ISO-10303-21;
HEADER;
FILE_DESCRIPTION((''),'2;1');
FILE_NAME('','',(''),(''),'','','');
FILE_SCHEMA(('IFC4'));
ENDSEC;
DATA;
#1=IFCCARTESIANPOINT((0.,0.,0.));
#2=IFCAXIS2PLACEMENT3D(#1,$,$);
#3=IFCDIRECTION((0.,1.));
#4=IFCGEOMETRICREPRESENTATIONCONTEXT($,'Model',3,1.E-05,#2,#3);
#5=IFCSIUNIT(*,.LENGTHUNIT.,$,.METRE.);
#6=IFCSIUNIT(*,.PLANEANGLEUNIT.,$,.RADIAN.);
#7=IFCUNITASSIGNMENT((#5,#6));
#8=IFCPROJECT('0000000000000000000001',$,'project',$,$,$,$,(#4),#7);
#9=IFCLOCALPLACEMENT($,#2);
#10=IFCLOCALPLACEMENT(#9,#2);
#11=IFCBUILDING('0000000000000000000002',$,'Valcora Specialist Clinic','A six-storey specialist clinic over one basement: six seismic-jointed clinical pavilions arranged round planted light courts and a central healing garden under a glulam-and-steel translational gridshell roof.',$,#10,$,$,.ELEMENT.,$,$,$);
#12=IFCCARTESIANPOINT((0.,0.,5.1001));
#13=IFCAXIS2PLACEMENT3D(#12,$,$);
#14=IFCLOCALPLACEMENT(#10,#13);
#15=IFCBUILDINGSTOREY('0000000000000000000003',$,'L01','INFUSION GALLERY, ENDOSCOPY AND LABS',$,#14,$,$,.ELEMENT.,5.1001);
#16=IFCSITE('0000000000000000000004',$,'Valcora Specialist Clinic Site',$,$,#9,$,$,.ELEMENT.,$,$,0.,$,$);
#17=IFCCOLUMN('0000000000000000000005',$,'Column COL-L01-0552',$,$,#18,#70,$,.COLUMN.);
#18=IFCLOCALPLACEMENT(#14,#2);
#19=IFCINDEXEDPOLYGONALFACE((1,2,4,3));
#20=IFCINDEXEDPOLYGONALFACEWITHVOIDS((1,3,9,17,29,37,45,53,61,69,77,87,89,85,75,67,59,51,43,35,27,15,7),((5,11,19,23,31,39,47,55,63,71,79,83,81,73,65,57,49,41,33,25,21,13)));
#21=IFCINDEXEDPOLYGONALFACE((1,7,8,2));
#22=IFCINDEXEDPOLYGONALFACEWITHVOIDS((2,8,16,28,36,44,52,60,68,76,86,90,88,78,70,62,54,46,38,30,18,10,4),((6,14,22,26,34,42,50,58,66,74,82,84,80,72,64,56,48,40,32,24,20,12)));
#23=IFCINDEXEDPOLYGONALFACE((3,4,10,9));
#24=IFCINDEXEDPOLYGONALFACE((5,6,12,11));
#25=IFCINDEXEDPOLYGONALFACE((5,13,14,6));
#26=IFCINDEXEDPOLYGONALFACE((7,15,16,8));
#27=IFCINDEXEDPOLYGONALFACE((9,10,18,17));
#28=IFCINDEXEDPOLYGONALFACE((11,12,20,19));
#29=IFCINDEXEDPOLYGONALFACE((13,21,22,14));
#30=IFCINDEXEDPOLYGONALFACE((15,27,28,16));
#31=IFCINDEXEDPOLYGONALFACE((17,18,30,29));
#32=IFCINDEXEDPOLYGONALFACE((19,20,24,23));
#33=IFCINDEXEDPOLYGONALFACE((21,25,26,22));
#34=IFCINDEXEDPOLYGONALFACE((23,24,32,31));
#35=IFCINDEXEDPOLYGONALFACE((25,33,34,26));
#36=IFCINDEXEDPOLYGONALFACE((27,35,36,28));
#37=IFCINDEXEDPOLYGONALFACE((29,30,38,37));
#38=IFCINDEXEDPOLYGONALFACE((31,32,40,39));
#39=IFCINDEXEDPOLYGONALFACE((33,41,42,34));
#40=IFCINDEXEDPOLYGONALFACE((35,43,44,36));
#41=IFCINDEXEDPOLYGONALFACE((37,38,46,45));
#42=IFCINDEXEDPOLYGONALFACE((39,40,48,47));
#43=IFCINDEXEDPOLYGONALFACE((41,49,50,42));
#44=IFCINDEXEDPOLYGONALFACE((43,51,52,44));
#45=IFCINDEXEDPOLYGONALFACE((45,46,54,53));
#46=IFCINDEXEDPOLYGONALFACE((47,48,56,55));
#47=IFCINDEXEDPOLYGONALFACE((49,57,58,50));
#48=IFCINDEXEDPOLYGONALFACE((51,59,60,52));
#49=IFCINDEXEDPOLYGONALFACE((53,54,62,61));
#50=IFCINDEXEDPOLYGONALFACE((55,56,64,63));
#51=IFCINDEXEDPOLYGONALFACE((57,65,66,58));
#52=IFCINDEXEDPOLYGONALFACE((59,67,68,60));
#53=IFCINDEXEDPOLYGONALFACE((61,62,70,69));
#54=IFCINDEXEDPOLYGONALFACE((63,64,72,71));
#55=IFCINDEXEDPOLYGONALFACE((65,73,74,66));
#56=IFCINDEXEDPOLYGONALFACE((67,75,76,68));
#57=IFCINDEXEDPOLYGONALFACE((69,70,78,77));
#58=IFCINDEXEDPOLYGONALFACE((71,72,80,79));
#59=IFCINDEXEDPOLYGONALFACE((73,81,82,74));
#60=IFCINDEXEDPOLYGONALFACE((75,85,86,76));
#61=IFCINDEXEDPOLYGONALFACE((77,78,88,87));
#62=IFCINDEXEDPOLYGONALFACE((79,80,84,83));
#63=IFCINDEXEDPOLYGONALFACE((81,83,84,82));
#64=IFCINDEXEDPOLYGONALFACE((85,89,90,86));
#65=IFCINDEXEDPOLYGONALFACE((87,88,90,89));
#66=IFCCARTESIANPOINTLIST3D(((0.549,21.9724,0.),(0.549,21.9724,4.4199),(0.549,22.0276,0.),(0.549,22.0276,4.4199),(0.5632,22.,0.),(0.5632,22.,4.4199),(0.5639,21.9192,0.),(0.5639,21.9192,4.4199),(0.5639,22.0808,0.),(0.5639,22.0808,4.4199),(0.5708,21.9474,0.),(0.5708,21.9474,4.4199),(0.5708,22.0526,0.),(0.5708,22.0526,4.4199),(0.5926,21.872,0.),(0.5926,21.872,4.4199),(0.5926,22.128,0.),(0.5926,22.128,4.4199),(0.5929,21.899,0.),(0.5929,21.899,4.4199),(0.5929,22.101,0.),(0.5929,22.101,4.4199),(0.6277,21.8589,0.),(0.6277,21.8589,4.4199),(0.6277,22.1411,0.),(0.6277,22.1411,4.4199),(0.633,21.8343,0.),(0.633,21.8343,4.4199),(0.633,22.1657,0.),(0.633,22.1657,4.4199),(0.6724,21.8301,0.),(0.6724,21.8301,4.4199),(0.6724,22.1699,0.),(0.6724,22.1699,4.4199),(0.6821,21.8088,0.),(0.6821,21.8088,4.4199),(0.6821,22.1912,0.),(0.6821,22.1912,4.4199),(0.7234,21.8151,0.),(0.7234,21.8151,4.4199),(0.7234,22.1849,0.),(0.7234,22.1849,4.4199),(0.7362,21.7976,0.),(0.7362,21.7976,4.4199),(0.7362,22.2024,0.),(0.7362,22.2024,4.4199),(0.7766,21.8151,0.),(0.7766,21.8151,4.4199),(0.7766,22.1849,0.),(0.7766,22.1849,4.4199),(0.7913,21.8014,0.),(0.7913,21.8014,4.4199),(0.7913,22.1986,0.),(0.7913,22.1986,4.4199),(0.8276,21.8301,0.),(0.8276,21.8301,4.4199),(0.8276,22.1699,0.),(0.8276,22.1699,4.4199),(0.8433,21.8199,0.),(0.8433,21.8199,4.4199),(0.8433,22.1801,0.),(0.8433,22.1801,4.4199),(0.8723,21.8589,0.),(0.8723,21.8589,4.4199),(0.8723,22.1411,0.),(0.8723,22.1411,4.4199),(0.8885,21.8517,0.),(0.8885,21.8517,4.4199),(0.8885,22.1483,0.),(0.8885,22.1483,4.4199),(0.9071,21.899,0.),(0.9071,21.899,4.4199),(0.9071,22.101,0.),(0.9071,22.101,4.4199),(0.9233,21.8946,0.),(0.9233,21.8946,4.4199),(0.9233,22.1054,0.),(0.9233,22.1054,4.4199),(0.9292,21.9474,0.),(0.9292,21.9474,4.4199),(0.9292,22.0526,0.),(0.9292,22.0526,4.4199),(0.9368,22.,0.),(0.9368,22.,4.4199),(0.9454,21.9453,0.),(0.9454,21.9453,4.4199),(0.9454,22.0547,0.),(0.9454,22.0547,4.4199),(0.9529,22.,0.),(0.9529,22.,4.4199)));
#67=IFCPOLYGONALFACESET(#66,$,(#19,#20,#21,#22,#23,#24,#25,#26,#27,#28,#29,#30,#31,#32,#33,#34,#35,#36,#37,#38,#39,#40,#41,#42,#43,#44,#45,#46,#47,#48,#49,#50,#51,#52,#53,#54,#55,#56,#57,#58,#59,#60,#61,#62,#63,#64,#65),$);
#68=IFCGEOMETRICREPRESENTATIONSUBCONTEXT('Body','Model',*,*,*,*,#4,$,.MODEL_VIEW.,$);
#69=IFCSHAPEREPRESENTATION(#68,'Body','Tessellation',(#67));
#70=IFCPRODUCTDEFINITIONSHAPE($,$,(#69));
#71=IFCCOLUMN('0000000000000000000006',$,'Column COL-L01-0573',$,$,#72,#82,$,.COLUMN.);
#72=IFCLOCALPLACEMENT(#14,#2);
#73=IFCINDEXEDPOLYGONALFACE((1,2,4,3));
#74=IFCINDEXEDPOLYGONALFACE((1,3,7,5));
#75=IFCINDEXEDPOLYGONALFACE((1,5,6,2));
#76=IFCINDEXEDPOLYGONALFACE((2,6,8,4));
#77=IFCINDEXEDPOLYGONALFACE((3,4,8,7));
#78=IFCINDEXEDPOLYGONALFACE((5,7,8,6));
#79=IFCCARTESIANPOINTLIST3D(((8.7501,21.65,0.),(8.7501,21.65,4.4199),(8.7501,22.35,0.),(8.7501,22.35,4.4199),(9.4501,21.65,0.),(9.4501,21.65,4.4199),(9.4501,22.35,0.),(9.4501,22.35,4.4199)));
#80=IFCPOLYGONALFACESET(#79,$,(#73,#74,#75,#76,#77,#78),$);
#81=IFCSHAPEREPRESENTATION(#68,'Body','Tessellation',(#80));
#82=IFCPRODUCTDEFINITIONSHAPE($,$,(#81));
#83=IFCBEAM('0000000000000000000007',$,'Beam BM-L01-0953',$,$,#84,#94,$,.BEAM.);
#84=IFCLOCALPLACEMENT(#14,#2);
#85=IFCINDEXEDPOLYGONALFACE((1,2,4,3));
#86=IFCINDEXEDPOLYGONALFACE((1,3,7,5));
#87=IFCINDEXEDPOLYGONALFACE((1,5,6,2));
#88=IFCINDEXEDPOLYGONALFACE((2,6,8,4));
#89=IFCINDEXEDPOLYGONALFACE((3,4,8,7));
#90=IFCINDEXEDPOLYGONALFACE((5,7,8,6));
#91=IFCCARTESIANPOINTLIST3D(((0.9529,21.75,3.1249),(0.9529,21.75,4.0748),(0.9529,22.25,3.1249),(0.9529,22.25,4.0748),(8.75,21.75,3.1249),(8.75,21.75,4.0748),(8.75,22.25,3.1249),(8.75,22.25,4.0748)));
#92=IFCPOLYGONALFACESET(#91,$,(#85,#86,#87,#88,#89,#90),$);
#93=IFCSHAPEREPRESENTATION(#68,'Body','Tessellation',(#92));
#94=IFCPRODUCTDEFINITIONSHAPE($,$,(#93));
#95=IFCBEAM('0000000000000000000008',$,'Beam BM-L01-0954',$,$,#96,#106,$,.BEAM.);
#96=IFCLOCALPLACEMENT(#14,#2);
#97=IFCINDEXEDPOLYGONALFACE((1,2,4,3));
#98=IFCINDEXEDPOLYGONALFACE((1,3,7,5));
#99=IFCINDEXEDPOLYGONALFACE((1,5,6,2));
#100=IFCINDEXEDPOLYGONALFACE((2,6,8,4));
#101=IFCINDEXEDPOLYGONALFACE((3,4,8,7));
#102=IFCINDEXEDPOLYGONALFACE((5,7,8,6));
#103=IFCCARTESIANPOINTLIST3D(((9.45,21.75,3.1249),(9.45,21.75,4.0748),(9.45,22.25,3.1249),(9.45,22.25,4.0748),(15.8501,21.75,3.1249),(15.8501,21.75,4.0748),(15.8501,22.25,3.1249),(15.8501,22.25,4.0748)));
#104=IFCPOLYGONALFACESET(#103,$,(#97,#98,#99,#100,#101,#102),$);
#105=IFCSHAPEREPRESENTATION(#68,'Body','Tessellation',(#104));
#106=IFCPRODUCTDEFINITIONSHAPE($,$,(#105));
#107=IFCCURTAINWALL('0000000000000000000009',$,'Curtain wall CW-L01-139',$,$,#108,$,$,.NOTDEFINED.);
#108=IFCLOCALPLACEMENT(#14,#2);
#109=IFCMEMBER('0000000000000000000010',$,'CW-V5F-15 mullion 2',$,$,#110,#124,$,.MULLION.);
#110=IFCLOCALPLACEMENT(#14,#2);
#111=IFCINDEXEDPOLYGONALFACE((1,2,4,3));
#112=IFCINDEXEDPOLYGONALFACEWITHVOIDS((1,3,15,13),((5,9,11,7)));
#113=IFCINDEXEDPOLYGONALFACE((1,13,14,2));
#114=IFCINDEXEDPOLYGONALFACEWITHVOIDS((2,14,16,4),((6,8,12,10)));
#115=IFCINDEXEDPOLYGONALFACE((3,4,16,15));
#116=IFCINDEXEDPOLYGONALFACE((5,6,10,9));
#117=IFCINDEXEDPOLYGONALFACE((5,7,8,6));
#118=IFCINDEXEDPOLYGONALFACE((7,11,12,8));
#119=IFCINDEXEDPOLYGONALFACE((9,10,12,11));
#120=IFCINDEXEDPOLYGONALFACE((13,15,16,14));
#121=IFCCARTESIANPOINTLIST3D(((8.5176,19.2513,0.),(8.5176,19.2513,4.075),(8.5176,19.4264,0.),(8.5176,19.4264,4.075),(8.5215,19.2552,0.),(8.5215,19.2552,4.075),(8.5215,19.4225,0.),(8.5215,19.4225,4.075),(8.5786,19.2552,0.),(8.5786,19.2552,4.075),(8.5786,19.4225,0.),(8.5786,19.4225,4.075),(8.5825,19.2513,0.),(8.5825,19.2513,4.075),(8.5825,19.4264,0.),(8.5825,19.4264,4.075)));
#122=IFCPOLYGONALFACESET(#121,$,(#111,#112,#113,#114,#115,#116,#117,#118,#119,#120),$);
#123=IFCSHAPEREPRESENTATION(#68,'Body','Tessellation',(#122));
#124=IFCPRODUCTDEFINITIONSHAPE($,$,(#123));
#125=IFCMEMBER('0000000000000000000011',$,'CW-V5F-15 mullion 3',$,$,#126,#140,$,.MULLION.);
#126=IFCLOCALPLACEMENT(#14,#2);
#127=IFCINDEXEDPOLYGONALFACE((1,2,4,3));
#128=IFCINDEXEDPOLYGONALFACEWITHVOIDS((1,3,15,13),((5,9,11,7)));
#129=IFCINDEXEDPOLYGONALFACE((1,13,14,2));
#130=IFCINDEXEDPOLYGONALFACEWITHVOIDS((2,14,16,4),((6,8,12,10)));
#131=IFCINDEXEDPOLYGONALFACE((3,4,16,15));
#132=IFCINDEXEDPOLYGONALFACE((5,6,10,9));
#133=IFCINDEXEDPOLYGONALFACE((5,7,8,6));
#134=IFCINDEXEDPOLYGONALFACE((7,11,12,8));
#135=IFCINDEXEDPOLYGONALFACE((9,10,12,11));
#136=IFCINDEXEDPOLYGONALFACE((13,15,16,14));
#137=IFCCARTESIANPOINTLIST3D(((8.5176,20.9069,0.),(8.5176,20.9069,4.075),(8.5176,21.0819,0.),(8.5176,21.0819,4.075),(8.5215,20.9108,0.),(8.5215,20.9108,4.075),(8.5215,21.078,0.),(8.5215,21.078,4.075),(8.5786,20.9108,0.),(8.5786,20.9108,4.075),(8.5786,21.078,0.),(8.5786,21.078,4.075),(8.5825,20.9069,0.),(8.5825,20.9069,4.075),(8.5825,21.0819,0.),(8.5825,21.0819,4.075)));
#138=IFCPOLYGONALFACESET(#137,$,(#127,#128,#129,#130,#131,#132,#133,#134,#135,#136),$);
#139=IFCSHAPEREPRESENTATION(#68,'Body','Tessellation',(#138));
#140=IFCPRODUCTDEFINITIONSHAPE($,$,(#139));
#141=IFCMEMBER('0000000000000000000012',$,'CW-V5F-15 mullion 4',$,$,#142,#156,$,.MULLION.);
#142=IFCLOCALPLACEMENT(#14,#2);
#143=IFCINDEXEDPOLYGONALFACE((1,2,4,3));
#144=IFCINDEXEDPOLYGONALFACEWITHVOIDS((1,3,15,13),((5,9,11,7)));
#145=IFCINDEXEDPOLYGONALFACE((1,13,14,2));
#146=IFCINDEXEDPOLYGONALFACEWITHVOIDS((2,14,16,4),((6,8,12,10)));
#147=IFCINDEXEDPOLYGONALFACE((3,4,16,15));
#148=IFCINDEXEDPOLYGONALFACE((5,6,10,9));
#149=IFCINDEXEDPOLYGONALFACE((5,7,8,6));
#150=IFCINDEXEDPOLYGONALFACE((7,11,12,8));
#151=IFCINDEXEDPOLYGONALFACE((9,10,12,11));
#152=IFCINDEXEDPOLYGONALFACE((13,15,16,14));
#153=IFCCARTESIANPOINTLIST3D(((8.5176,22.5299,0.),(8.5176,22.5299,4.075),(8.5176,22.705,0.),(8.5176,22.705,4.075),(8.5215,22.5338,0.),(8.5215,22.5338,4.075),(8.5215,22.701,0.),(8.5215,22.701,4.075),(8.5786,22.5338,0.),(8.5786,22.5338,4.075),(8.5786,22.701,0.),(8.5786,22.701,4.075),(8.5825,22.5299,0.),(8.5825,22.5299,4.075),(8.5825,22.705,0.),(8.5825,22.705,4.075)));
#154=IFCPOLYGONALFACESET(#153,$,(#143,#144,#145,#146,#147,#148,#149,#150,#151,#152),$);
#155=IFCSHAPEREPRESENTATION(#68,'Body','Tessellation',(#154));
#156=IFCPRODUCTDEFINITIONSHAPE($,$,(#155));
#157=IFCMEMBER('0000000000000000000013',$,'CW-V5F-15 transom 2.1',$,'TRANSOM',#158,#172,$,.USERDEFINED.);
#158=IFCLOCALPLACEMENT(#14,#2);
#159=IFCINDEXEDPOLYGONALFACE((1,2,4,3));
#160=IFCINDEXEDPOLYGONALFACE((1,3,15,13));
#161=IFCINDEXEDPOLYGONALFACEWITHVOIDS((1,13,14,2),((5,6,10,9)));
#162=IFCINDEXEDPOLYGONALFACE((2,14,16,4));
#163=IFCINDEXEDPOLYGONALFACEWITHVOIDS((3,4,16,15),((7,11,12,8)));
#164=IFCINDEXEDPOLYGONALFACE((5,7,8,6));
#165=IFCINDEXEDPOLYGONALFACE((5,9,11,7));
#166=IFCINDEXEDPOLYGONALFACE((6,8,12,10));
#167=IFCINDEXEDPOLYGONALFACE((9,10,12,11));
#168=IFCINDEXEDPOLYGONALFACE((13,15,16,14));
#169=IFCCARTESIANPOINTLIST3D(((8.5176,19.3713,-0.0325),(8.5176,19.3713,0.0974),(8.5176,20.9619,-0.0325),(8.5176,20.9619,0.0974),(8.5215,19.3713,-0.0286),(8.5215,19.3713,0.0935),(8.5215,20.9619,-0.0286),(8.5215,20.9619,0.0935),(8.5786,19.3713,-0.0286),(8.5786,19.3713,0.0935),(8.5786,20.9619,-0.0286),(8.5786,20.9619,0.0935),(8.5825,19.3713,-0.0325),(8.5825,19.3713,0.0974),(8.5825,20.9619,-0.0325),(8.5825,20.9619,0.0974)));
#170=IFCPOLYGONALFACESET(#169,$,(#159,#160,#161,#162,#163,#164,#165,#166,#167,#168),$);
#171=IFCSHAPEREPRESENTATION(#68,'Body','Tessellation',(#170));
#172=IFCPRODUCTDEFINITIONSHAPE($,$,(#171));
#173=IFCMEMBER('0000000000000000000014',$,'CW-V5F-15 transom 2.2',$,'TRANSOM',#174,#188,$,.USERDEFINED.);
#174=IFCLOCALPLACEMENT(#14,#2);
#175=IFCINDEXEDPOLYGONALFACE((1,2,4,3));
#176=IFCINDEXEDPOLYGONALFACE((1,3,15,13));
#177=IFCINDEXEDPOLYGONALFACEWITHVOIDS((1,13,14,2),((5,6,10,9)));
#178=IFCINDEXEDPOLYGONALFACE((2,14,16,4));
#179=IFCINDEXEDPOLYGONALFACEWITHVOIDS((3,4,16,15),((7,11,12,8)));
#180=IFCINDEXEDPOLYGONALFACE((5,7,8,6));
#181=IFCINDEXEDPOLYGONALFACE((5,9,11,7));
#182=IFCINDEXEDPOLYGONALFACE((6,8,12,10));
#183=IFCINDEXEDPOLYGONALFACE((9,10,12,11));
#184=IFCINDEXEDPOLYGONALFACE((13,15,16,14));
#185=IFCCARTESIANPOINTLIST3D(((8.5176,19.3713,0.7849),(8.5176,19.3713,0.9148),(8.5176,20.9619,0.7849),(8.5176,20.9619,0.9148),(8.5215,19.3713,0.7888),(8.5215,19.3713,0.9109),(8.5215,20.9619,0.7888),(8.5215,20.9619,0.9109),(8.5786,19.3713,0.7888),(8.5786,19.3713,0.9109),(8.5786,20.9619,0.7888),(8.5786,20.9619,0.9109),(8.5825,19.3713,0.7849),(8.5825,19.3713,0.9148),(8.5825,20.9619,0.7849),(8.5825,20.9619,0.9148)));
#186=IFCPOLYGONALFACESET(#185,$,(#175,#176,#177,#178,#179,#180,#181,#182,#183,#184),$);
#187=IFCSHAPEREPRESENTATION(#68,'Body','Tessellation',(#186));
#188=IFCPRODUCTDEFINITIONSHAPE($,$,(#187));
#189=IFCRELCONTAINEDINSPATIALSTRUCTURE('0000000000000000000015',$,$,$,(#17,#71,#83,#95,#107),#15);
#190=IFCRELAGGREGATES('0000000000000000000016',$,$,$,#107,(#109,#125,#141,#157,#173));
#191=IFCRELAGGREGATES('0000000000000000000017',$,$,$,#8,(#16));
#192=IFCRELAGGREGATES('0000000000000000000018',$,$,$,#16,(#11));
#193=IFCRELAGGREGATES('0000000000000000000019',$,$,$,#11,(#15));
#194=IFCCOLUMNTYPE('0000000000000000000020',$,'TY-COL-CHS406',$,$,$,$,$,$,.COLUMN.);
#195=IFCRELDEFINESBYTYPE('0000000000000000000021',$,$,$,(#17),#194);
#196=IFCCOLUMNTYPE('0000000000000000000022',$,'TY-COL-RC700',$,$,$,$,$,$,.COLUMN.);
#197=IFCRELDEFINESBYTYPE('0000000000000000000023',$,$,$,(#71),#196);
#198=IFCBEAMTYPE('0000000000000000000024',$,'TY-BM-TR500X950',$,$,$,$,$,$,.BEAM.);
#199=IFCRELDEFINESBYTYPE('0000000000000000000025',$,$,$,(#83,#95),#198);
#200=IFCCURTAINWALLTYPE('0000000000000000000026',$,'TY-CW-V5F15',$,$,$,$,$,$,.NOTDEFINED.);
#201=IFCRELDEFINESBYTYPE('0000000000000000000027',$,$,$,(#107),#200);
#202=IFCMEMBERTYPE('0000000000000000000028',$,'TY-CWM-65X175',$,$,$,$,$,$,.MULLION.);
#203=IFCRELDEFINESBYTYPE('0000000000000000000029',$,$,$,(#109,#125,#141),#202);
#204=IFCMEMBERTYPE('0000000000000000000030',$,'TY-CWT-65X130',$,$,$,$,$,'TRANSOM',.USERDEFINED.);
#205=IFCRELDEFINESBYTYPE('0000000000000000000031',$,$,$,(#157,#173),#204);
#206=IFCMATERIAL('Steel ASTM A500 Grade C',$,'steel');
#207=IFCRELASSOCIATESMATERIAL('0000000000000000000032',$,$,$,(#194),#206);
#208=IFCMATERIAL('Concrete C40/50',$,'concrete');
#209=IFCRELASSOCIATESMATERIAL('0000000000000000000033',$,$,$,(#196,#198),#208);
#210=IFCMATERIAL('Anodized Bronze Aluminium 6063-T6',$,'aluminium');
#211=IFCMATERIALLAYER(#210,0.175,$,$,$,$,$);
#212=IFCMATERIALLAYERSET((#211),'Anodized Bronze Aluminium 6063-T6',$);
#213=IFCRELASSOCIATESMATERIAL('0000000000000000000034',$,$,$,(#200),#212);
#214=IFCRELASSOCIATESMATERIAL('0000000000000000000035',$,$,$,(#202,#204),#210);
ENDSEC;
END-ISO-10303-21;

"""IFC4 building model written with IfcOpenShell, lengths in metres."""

from ifc_helpers import new_model, si_unit, direction, frame, origin, origin_2d, place, context, subcontext, project, spatial, rectangle, hollow_rectangle, hollow_circle, extrude, material, layer, layer_set, material_profile, profile_set, type_object, element, aggregate, save


model = new_model("IFC4")

# Units and contexts
model_context = context("Model", 3, precision=1e-05, world=origin(), true_north=direction((0.0, 1.0)))
body_context = subcontext(model_context, "Body", "Model", "MODEL_VIEW")
ifc_project = project(units=[si_unit("LENGTHUNIT", "METRE"), si_unit("PLANEANGLEUNIT", "RADIAN")], contexts=[model_context])

# Site, building, storey
site_placement = place(None, origin())
site = spatial("IfcSite", under=ifc_project, at=site_placement, Name="Valcora Specialist Clinic Site", CompositionType="ELEMENT", RefElevation=0.0)
building_placement = place(site_placement, origin())
building = spatial("IfcBuilding", under=site, at=building_placement, Name="Valcora Specialist Clinic", Description="A six-storey specialist clinic over one basement: six seismic-jointed clinical pavilions arranged round planted light courts and a central healing garden under a glulam-and-steel translational gridshell roof.", CompositionType="ELEMENT")
storey_placement = place(building_placement, frame((0.0, 0.0, 5.1001)))
storey = spatial("IfcBuildingStorey", under=building, at=storey_placement, Name="L01", Description="INFUSION GALLERY, ENDOSCOPY AND LABS", CompositionType="ELEMENT", Elevation=5.1001)

# Columns
ifc_material_1 = material(Name="Steel ASTM A500 Grade C", Category="steel")
ifc_material_profile_1 = material_profile(ifc_material_1, hollow_circle(Radius=0.2029, WallThickness=0.0161, at=origin_2d()), Name="ST-CHS-406X16")
ifc_profile_set_1 = profile_set([ifc_material_profile_1], Name="Steel ASTM A500 Grade C")
column_type_1 = type_object("IfcColumnType", Name="TY-COL-CHS406", PredefinedType="COLUMN", material=ifc_profile_set_1)
column_1_placement = place(storey_placement, frame((0.75, 22.0, 0.0), z_axis=(0.0, 0.0, 1.0), x_axis=(1.0, 0.0, 0.0)))
element("IfcColumn", 1, at=column_1_placement, inside=storey, type_object=column_type_1, Name="Column COL-L01-0552", PredefinedType="COLUMN", context=body_context, shape_type="SweptSolid", body=[
    extrude(hollow_circle(Radius=0.2029, WallThickness=0.0161, at=origin_2d()), origin(), (0.0, 0.0, 1.0), 4.4199),
])
ifc_material_2 = material(Name="Concrete C40/50", Category="concrete")
ifc_material_profile_2 = material_profile(ifc_material_2, rectangle(XDim=0.7, YDim=0.7, at=origin_2d()), Name="RC-COL-700X700")
ifc_profile_set_2 = profile_set([ifc_material_profile_2], Name="Concrete C40/50")
column_type_2 = type_object("IfcColumnType", Name="TY-COL-RC700", PredefinedType="COLUMN", material=ifc_profile_set_2)
column_2_placement = place(storey_placement, frame((9.1001, 22.0, 0.0), z_axis=(0.0, 0.0, 1.0), x_axis=(1.0, 0.0, 0.0)))
element("IfcColumn", 2, at=column_2_placement, inside=storey, type_object=column_type_2, Name="Column COL-L01-0573", PredefinedType="COLUMN", context=body_context, shape_type="SweptSolid", body=[
    extrude(rectangle(XDim=0.7, YDim=0.7, at=origin_2d()), origin(), (0.0, 0.0, 1.0), 4.4199),
])

# Beams
ifc_material_profile_3 = material_profile(ifc_material_2, rectangle(XDim=0.5, YDim=0.95, at=origin_2d()), Name="RC-BM-500X950")
ifc_profile_set_3 = profile_set([ifc_material_profile_3], Name="Concrete C40/50")
beam_type = type_object("IfcBeamType", Name="TY-BM-TR500X950", PredefinedType="BEAM", material=ifc_profile_set_3)
beam_1_placement = place(storey_placement, frame((0.9529, 22.0, 3.5999), z_axis=(1.0, 0.0, 0.0), x_axis=(0.0, 1.0, 0.0)))
element("IfcBeam", 3, at=beam_1_placement, inside=storey, type_object=beam_type, Name="Beam BM-L01-0953", PredefinedType="BEAM", context=body_context, shape_type="SweptSolid", body=[
    extrude(rectangle(XDim=0.5, YDim=0.95, at=origin_2d()), origin(), (0.0, 0.0, 1.0), 7.7971),
])
beam_2_placement = place(storey_placement, frame((9.45, 22.0, 3.5999), z_axis=(1.0, 0.0, 0.0), x_axis=(0.0, 1.0, 0.0)))
element("IfcBeam", 4, at=beam_2_placement, inside=storey, type_object=beam_type, Name="Beam BM-L01-0954", PredefinedType="BEAM", context=body_context, shape_type="SweptSolid", body=[
    extrude(rectangle(XDim=0.5, YDim=0.95, at=origin_2d()), origin(), (0.0, 0.0, 1.0), 6.4001),
])

# Curtain wall, members
ifc_material_3 = material(Name="Anodized Bronze Aluminium 6063-T6", Category="aluminium")
ifc_layer_1 = layer(ifc_material_3, 0.175)
ifc_layer_set_1 = layer_set([ifc_layer_1], Name="Anodized Bronze Aluminium 6063-T6")
curtain_wall_type = type_object("IfcCurtainWallType", Name="TY-CW-V5F15", PredefinedType="NOTDEFINED", material=ifc_layer_set_1)
curtain_wall_placement = place(storey_placement, origin())
curtain_wall = element("IfcCurtainWall", 5, at=curtain_wall_placement, inside=storey, type_object=curtain_wall_type, Name="Curtain wall CW-L01-139", PredefinedType="NOTDEFINED")
ifc_material_profile_4 = material_profile(ifc_material_3, hollow_rectangle(XDim=0.0649, YDim=0.175, WallThickness=0.0039, at=origin_2d()), Name="AL-MUL-65X175")
ifc_profile_set_4 = profile_set([ifc_material_profile_4], Name="Anodized Bronze Aluminium 6063-T6")
member_type_1 = type_object("IfcMemberType", Name="TY-CWM-65X175", PredefinedType="MULLION", material=ifc_profile_set_4)
member_1_placement = place(storey_placement, frame((8.55, 19.3389, 0.0), z_axis=(0.0, 0.0, 1.0), x_axis=(-1.0, 0.0, 0.0)))
member_1 = element("IfcMember", 6, at=member_1_placement, type_object=member_type_1, Name="CW-V5F-15 mullion 2", PredefinedType="MULLION", context=body_context, shape_type="SweptSolid", body=[
    extrude(hollow_rectangle(XDim=0.0649, YDim=0.175, WallThickness=0.0039, at=origin_2d()), origin(), (0.0, 0.0, 1.0), 4.075),
])
member_2_placement = place(storey_placement, frame((8.55, 20.9944, 0.0), z_axis=(0.0, 0.0, 1.0), x_axis=(-1.0, 0.0, 0.0)))
member_2 = element("IfcMember", 7, at=member_2_placement, type_object=member_type_1, Name="CW-V5F-15 mullion 3", PredefinedType="MULLION", context=body_context, shape_type="SweptSolid", body=[
    extrude(hollow_rectangle(XDim=0.0649, YDim=0.175, WallThickness=0.0039, at=origin_2d()), origin(), (0.0, 0.0, 1.0), 4.075),
])
member_3_placement = place(storey_placement, frame((8.55, 22.6174, 0.0), z_axis=(0.0, 0.0, 1.0), x_axis=(-1.0, 0.0, 0.0)))
member_3 = element("IfcMember", 8, at=member_3_placement, type_object=member_type_1, Name="CW-V5F-15 mullion 4", PredefinedType="MULLION", context=body_context, shape_type="SweptSolid", body=[
    extrude(hollow_rectangle(XDim=0.0649, YDim=0.175, WallThickness=0.0039, at=origin_2d()), origin(), (0.0, 0.0, 1.0), 4.075),
])
ifc_material_profile_5 = material_profile(ifc_material_3, hollow_rectangle(XDim=0.0649, YDim=0.1299, WallThickness=0.0039, at=origin_2d()), Name="AL-TRN-65X130")
ifc_profile_set_5 = profile_set([ifc_material_profile_5], Name="Anodized Bronze Aluminium 6063-T6")
member_type_2 = type_object("IfcMemberType", Name="TY-CWT-65X130", ElementType="TRANSOM", PredefinedType="USERDEFINED", material=ifc_profile_set_5)
member_4_placement = place(storey_placement, frame((8.55, 19.3713, 0.0325), z_axis=(0.0, 1.0, 0.0), x_axis=(-1.0, 0.0, 0.0)))
member_4 = element("IfcMember", 9, at=member_4_placement, type_object=member_type_2, Name="CW-V5F-15 transom 2.1", ObjectType="TRANSOM", PredefinedType="USERDEFINED", context=body_context, shape_type="SweptSolid", body=[
    extrude(hollow_rectangle(XDim=0.0649, YDim=0.1299, WallThickness=0.0039, at=origin_2d()), origin(), (0.0, 0.0, 1.0), 1.5906),
])
member_5_placement = place(storey_placement, frame((8.55, 19.3713, 0.8499), z_axis=(0.0, 1.0, 0.0), x_axis=(-1.0, 0.0, 0.0)))
member_5 = element("IfcMember", 10, at=member_5_placement, type_object=member_type_2, Name="CW-V5F-15 transom 2.2", ObjectType="TRANSOM", PredefinedType="USERDEFINED", context=body_context, shape_type="SweptSolid", body=[
    extrude(hollow_rectangle(XDim=0.0649, YDim=0.1299, WallThickness=0.0039, at=origin_2d()), origin(), (0.0, 0.0, 1.0), 1.5906),
])
aggregate(curtain_wall, [member_1, member_2, member_3, member_4, member_5])

save(model, "model.ifc")
